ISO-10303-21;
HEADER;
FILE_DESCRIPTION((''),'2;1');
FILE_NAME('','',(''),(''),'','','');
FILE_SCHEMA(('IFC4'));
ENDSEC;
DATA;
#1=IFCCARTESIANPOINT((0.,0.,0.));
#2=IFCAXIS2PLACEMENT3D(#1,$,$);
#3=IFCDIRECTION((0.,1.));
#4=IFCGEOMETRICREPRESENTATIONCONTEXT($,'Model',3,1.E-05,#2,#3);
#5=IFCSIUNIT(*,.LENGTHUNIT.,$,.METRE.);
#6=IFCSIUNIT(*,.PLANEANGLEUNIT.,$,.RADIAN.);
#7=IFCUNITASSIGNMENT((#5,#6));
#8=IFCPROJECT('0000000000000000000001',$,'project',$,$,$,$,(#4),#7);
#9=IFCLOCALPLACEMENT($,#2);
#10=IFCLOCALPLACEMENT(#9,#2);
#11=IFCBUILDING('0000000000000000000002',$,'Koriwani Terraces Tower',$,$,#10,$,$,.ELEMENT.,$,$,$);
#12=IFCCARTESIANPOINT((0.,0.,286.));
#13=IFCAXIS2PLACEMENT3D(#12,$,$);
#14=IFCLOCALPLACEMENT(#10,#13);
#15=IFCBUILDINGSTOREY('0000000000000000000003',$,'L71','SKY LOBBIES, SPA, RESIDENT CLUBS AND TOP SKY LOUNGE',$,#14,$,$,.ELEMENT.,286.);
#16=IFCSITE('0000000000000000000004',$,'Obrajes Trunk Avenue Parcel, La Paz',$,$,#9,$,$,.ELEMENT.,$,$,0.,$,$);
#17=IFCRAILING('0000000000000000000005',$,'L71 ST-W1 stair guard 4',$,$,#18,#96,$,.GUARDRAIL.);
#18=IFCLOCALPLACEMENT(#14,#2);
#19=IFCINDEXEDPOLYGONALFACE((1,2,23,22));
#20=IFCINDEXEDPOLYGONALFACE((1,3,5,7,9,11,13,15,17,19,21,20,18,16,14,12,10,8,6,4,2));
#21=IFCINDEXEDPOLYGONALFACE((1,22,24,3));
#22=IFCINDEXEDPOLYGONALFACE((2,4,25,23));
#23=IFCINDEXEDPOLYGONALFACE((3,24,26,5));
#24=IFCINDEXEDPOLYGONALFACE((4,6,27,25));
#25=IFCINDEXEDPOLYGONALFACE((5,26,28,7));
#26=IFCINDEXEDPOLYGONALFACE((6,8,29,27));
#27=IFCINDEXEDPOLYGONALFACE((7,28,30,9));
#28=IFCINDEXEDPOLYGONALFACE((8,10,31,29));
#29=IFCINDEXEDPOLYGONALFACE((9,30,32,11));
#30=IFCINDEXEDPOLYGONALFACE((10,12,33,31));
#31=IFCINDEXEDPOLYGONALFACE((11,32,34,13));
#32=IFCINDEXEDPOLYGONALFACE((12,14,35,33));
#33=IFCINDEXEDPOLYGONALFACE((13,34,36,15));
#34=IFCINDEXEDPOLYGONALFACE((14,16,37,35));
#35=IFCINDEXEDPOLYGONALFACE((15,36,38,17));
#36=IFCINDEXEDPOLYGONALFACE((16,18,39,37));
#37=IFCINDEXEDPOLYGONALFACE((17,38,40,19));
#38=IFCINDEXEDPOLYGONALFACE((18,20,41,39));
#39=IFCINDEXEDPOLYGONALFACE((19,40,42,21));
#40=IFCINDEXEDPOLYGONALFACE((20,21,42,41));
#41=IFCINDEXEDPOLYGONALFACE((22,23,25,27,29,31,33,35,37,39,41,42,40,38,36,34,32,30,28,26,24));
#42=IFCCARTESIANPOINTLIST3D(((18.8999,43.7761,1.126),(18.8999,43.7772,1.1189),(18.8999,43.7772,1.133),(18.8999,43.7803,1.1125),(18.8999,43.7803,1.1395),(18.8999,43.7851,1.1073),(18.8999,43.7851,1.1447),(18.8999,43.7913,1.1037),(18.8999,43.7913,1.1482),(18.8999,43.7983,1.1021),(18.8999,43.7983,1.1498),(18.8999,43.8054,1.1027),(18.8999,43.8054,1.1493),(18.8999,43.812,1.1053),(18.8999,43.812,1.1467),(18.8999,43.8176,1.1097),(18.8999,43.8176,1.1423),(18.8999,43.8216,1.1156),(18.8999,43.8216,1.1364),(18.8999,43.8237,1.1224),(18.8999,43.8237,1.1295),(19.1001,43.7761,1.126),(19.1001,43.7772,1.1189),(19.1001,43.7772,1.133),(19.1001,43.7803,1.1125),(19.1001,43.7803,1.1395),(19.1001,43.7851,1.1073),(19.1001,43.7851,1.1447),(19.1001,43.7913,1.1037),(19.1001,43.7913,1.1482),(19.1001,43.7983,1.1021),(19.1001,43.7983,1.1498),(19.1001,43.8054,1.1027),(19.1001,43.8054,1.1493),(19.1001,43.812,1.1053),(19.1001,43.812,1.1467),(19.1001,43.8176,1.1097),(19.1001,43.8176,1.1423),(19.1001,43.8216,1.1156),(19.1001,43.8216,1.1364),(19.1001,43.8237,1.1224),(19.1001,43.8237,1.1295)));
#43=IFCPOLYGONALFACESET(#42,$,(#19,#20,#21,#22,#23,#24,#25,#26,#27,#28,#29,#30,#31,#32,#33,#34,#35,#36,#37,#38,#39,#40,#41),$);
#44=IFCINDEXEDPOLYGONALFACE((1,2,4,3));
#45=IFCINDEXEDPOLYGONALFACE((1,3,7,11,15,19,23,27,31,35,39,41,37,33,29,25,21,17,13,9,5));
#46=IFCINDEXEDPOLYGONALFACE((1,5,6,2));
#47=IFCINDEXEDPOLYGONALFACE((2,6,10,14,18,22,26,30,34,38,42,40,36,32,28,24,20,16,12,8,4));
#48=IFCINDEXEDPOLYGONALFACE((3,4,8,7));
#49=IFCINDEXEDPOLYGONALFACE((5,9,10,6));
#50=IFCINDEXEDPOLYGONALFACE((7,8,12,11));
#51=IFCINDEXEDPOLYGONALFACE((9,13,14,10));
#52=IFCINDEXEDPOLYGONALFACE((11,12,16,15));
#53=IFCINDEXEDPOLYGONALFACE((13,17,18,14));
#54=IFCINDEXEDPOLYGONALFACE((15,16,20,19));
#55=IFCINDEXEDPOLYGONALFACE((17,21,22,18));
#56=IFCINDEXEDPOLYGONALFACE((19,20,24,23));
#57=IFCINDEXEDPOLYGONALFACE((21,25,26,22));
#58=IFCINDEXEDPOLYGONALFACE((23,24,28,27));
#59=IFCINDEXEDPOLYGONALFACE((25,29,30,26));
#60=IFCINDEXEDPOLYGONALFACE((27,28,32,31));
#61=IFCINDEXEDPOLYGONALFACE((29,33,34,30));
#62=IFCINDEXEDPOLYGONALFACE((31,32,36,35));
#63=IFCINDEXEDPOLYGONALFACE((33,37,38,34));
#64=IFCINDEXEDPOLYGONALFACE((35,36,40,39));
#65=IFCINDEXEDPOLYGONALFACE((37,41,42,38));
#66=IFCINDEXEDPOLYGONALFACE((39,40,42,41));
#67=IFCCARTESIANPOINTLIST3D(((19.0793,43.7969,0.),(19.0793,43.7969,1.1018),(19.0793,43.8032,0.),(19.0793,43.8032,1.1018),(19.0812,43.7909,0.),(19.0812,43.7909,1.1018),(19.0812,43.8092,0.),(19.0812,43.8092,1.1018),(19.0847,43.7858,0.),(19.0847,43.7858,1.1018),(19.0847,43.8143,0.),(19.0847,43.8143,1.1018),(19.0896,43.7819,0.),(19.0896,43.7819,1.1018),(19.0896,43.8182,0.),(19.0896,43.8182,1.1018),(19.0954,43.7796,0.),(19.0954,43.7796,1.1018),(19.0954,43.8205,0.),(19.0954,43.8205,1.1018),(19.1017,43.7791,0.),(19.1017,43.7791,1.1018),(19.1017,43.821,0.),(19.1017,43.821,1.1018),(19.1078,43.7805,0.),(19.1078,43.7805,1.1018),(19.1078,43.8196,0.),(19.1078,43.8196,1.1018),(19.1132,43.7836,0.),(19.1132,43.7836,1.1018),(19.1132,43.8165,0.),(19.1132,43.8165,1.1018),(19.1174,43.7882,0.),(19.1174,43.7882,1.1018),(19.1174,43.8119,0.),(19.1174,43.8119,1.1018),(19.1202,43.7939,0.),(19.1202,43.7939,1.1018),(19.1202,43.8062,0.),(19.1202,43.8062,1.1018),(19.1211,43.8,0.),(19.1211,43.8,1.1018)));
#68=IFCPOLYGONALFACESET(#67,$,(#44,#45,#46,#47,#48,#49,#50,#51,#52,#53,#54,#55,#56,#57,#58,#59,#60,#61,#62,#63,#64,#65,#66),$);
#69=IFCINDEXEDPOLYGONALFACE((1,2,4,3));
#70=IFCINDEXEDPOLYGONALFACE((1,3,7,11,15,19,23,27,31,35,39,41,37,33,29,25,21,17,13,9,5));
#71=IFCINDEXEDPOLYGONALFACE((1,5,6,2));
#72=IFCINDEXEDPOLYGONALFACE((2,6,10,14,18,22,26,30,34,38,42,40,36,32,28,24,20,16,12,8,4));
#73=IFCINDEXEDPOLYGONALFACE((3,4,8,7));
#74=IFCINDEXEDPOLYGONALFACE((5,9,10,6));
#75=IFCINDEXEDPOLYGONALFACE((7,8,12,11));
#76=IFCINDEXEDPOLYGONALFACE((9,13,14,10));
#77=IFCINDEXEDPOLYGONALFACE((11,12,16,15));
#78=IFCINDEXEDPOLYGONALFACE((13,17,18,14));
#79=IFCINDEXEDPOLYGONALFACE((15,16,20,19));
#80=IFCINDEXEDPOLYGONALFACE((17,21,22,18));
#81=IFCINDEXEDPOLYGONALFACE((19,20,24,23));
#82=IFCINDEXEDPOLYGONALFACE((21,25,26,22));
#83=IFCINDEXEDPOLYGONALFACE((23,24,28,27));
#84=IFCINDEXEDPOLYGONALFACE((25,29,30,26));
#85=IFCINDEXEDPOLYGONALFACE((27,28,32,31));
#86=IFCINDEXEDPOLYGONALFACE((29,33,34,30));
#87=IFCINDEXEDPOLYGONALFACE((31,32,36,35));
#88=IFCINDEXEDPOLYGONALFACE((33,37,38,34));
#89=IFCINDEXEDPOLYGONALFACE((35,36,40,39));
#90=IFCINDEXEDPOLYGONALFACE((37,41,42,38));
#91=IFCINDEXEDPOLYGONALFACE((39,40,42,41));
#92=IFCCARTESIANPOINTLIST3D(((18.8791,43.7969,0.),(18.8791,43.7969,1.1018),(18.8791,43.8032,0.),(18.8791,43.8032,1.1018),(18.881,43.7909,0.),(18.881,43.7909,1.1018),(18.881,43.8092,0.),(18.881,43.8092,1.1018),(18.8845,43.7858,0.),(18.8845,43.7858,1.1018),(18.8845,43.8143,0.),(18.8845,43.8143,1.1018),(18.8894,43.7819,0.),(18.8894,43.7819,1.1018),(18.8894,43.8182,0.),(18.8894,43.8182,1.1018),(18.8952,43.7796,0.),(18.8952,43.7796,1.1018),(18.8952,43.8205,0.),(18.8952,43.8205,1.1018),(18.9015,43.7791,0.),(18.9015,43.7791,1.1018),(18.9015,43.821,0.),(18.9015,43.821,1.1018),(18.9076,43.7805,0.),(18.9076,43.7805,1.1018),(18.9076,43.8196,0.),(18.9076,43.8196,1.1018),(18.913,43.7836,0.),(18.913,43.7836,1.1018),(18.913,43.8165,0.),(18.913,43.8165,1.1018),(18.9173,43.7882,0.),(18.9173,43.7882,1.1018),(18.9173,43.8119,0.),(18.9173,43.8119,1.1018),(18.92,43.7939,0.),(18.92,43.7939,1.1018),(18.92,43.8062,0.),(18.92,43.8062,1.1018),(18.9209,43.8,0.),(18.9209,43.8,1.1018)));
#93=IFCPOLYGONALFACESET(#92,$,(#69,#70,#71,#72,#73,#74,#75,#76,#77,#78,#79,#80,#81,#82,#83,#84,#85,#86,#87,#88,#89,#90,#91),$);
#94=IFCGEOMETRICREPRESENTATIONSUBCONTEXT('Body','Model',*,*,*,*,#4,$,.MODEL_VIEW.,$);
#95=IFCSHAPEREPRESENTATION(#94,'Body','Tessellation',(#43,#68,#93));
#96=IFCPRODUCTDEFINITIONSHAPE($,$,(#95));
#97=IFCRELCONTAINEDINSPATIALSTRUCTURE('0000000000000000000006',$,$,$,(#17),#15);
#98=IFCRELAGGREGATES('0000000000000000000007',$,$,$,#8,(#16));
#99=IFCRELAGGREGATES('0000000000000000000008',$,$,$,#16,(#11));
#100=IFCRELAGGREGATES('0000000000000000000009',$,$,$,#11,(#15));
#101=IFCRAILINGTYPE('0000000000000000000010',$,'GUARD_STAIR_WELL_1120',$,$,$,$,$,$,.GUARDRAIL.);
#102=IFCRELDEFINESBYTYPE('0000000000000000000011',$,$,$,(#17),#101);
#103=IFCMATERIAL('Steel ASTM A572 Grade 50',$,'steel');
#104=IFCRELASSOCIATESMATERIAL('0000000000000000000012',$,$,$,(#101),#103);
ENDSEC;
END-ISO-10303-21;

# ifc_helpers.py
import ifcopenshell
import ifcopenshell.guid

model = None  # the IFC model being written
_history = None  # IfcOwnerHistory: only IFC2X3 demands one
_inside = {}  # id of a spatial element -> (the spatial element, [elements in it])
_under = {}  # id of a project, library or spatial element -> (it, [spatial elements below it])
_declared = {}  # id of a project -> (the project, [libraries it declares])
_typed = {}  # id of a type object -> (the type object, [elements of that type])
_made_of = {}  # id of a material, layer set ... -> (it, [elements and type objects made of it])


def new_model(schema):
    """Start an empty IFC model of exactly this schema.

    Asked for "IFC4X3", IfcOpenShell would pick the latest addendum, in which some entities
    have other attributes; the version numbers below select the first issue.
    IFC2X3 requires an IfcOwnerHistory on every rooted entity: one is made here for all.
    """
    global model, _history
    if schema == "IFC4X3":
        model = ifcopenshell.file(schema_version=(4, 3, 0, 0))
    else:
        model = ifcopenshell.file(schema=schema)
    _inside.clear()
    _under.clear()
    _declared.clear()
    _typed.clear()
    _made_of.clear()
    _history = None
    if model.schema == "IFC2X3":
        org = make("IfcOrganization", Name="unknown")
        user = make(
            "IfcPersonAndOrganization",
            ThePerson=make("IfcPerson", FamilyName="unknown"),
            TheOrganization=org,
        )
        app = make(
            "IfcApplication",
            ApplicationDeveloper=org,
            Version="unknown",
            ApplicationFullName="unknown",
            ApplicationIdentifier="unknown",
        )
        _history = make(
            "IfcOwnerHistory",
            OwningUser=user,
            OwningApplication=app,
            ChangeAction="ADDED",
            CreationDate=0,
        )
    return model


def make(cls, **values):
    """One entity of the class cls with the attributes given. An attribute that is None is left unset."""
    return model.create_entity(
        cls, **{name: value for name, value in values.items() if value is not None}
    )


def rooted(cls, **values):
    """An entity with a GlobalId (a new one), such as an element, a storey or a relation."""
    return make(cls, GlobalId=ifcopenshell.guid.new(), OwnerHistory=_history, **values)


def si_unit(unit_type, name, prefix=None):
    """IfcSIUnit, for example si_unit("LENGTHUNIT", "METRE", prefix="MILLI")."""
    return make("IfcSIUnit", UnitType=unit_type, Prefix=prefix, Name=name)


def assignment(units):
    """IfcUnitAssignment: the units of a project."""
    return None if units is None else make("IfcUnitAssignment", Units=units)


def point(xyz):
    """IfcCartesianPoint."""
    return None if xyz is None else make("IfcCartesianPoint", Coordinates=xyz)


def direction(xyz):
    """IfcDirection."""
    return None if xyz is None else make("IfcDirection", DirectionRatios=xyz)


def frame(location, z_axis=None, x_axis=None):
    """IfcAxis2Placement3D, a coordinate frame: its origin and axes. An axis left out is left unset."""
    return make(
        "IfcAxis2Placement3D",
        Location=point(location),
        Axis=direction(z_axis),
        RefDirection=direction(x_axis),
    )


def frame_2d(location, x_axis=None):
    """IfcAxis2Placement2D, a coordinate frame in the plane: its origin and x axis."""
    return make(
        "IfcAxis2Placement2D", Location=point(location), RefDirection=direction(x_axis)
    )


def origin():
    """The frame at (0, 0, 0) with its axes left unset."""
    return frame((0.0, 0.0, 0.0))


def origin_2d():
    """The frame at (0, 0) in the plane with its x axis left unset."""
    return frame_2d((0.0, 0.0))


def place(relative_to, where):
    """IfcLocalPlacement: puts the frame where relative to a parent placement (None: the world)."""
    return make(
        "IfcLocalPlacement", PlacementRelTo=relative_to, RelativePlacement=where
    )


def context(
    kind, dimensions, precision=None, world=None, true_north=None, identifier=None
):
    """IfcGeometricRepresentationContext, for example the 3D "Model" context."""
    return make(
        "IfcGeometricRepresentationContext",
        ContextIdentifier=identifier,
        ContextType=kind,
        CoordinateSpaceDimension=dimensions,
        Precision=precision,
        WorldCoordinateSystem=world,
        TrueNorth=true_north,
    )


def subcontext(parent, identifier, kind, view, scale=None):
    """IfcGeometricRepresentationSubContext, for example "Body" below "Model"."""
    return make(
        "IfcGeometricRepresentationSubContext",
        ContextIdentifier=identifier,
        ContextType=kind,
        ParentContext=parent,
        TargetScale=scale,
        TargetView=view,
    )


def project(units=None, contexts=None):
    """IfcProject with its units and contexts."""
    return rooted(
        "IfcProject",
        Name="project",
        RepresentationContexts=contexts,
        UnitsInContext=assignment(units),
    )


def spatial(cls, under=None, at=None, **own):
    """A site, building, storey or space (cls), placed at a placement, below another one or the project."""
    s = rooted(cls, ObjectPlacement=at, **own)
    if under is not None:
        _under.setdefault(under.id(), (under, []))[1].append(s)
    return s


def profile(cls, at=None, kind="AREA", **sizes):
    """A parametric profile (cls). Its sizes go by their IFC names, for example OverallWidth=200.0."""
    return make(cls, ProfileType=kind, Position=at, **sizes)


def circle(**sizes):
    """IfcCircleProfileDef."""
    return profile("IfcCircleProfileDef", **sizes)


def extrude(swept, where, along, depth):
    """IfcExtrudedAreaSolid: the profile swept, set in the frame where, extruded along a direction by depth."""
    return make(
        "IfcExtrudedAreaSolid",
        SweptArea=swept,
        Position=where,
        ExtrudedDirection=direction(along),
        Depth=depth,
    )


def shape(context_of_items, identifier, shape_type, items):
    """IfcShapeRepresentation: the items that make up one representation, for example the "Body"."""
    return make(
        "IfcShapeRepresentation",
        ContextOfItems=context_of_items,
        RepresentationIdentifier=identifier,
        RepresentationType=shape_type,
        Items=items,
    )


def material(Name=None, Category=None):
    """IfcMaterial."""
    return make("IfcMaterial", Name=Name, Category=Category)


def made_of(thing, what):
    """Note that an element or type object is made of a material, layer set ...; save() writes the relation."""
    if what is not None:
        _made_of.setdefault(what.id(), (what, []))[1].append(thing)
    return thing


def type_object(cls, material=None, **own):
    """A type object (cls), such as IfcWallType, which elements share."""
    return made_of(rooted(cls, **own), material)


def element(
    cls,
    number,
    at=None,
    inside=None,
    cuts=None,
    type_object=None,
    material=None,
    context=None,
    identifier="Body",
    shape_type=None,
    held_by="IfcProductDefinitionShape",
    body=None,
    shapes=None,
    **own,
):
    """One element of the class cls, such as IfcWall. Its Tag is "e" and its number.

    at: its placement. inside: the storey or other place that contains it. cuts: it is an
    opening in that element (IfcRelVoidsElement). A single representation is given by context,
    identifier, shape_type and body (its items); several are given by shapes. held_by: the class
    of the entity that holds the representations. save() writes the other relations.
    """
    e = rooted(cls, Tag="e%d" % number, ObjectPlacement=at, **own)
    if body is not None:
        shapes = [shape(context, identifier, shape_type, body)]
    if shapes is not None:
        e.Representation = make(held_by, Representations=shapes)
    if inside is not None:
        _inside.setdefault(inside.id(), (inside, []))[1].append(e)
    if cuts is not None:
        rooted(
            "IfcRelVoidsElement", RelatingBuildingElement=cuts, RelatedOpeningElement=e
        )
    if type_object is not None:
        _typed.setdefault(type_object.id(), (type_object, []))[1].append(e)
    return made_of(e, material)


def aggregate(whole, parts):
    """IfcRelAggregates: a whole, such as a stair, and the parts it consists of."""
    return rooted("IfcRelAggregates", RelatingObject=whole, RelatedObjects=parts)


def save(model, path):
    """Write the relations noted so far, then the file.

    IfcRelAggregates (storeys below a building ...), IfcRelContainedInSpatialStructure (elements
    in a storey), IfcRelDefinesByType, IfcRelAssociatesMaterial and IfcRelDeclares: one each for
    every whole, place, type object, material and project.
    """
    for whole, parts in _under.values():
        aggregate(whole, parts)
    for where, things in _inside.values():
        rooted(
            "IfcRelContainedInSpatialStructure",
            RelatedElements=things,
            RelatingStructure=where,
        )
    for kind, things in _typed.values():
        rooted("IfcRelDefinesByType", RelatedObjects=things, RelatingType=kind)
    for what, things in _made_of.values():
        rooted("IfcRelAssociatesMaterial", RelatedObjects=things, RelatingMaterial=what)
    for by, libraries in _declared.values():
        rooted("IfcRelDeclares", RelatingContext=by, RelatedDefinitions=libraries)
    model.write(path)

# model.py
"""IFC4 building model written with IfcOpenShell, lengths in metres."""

from ifc_helpers import new_model, si_unit, direction, frame, origin, origin_2d, place, context, subcontext, project, spatial, circle, extrude, material, type_object, element, save


model = new_model("IFC4")

# Units and contexts
model_context = context("Model", 3, precision=1e-05, world=origin(), true_north=direction((0.0, 1.0)))
body_context = subcontext(model_context, "Body", "Model", "MODEL_VIEW")
ifc_project = project(units=[si_unit("LENGTHUNIT", "METRE"), si_unit("PLANEANGLEUNIT", "RADIAN")], contexts=[model_context])

# Site, building, storey
site_placement = place(None, origin())
site = spatial("IfcSite", under=ifc_project, at=site_placement, Name="Obrajes Trunk Avenue Parcel, La Paz", CompositionType="ELEMENT", RefElevation=0.0)
building_placement = place(site_placement, origin())
building = spatial("IfcBuilding", under=site, at=building_placement, Name="Koriwani Terraces Tower", CompositionType="ELEMENT")
storey_placement = place(building_placement, frame((0.0, 0.0, 286.0)))
storey = spatial("IfcBuildingStorey", under=building, at=storey_placement, Name="L71", Description="SKY LOBBIES, SPA, RESIDENT CLUBS AND TOP SKY LOUNGE", CompositionType="ELEMENT", Elevation=286.0)

# Shared definitions
ifc_material_1 = material(Name="Steel ASTM A572 Grade 50", Category="steel")

# Railing
railing_type_1 = type_object("IfcRailingType", Name="GUARD_STAIR_WELL_1120", PredefinedType="GUARDRAIL", material=ifc_material_1)
railing_1_placement = place(storey_placement, frame((19.1001, 43.8, 0.0)))
element("IfcRailing", 1, at=railing_1_placement, inside=storey, type_object=railing_type_1, Name="L71 ST-W1 stair guard 4", PredefinedType="GUARDRAIL", context=body_context, shape_type="SweptSolid", body=[
    extrude(circle(Radius=0.0239, at=origin_2d()), frame((0.0, 0.0, 1.126), z_axis=(-1.0, 0.0, 0.0), x_axis=(0.0, -1.0, 0.0)), (0.0, 0.0, 1.0), 0.2002),
    extrude(circle(Radius=0.021, at=origin_2d()), origin(), (0.0, 0.0, 1.0), 1.1018),
    extrude(circle(Radius=0.021, at=origin_2d()), frame((-0.2002, 0.0, 0.0)), (0.0, 0.0, 1.0), 1.1018),
])

save(model, "model.ifc")
